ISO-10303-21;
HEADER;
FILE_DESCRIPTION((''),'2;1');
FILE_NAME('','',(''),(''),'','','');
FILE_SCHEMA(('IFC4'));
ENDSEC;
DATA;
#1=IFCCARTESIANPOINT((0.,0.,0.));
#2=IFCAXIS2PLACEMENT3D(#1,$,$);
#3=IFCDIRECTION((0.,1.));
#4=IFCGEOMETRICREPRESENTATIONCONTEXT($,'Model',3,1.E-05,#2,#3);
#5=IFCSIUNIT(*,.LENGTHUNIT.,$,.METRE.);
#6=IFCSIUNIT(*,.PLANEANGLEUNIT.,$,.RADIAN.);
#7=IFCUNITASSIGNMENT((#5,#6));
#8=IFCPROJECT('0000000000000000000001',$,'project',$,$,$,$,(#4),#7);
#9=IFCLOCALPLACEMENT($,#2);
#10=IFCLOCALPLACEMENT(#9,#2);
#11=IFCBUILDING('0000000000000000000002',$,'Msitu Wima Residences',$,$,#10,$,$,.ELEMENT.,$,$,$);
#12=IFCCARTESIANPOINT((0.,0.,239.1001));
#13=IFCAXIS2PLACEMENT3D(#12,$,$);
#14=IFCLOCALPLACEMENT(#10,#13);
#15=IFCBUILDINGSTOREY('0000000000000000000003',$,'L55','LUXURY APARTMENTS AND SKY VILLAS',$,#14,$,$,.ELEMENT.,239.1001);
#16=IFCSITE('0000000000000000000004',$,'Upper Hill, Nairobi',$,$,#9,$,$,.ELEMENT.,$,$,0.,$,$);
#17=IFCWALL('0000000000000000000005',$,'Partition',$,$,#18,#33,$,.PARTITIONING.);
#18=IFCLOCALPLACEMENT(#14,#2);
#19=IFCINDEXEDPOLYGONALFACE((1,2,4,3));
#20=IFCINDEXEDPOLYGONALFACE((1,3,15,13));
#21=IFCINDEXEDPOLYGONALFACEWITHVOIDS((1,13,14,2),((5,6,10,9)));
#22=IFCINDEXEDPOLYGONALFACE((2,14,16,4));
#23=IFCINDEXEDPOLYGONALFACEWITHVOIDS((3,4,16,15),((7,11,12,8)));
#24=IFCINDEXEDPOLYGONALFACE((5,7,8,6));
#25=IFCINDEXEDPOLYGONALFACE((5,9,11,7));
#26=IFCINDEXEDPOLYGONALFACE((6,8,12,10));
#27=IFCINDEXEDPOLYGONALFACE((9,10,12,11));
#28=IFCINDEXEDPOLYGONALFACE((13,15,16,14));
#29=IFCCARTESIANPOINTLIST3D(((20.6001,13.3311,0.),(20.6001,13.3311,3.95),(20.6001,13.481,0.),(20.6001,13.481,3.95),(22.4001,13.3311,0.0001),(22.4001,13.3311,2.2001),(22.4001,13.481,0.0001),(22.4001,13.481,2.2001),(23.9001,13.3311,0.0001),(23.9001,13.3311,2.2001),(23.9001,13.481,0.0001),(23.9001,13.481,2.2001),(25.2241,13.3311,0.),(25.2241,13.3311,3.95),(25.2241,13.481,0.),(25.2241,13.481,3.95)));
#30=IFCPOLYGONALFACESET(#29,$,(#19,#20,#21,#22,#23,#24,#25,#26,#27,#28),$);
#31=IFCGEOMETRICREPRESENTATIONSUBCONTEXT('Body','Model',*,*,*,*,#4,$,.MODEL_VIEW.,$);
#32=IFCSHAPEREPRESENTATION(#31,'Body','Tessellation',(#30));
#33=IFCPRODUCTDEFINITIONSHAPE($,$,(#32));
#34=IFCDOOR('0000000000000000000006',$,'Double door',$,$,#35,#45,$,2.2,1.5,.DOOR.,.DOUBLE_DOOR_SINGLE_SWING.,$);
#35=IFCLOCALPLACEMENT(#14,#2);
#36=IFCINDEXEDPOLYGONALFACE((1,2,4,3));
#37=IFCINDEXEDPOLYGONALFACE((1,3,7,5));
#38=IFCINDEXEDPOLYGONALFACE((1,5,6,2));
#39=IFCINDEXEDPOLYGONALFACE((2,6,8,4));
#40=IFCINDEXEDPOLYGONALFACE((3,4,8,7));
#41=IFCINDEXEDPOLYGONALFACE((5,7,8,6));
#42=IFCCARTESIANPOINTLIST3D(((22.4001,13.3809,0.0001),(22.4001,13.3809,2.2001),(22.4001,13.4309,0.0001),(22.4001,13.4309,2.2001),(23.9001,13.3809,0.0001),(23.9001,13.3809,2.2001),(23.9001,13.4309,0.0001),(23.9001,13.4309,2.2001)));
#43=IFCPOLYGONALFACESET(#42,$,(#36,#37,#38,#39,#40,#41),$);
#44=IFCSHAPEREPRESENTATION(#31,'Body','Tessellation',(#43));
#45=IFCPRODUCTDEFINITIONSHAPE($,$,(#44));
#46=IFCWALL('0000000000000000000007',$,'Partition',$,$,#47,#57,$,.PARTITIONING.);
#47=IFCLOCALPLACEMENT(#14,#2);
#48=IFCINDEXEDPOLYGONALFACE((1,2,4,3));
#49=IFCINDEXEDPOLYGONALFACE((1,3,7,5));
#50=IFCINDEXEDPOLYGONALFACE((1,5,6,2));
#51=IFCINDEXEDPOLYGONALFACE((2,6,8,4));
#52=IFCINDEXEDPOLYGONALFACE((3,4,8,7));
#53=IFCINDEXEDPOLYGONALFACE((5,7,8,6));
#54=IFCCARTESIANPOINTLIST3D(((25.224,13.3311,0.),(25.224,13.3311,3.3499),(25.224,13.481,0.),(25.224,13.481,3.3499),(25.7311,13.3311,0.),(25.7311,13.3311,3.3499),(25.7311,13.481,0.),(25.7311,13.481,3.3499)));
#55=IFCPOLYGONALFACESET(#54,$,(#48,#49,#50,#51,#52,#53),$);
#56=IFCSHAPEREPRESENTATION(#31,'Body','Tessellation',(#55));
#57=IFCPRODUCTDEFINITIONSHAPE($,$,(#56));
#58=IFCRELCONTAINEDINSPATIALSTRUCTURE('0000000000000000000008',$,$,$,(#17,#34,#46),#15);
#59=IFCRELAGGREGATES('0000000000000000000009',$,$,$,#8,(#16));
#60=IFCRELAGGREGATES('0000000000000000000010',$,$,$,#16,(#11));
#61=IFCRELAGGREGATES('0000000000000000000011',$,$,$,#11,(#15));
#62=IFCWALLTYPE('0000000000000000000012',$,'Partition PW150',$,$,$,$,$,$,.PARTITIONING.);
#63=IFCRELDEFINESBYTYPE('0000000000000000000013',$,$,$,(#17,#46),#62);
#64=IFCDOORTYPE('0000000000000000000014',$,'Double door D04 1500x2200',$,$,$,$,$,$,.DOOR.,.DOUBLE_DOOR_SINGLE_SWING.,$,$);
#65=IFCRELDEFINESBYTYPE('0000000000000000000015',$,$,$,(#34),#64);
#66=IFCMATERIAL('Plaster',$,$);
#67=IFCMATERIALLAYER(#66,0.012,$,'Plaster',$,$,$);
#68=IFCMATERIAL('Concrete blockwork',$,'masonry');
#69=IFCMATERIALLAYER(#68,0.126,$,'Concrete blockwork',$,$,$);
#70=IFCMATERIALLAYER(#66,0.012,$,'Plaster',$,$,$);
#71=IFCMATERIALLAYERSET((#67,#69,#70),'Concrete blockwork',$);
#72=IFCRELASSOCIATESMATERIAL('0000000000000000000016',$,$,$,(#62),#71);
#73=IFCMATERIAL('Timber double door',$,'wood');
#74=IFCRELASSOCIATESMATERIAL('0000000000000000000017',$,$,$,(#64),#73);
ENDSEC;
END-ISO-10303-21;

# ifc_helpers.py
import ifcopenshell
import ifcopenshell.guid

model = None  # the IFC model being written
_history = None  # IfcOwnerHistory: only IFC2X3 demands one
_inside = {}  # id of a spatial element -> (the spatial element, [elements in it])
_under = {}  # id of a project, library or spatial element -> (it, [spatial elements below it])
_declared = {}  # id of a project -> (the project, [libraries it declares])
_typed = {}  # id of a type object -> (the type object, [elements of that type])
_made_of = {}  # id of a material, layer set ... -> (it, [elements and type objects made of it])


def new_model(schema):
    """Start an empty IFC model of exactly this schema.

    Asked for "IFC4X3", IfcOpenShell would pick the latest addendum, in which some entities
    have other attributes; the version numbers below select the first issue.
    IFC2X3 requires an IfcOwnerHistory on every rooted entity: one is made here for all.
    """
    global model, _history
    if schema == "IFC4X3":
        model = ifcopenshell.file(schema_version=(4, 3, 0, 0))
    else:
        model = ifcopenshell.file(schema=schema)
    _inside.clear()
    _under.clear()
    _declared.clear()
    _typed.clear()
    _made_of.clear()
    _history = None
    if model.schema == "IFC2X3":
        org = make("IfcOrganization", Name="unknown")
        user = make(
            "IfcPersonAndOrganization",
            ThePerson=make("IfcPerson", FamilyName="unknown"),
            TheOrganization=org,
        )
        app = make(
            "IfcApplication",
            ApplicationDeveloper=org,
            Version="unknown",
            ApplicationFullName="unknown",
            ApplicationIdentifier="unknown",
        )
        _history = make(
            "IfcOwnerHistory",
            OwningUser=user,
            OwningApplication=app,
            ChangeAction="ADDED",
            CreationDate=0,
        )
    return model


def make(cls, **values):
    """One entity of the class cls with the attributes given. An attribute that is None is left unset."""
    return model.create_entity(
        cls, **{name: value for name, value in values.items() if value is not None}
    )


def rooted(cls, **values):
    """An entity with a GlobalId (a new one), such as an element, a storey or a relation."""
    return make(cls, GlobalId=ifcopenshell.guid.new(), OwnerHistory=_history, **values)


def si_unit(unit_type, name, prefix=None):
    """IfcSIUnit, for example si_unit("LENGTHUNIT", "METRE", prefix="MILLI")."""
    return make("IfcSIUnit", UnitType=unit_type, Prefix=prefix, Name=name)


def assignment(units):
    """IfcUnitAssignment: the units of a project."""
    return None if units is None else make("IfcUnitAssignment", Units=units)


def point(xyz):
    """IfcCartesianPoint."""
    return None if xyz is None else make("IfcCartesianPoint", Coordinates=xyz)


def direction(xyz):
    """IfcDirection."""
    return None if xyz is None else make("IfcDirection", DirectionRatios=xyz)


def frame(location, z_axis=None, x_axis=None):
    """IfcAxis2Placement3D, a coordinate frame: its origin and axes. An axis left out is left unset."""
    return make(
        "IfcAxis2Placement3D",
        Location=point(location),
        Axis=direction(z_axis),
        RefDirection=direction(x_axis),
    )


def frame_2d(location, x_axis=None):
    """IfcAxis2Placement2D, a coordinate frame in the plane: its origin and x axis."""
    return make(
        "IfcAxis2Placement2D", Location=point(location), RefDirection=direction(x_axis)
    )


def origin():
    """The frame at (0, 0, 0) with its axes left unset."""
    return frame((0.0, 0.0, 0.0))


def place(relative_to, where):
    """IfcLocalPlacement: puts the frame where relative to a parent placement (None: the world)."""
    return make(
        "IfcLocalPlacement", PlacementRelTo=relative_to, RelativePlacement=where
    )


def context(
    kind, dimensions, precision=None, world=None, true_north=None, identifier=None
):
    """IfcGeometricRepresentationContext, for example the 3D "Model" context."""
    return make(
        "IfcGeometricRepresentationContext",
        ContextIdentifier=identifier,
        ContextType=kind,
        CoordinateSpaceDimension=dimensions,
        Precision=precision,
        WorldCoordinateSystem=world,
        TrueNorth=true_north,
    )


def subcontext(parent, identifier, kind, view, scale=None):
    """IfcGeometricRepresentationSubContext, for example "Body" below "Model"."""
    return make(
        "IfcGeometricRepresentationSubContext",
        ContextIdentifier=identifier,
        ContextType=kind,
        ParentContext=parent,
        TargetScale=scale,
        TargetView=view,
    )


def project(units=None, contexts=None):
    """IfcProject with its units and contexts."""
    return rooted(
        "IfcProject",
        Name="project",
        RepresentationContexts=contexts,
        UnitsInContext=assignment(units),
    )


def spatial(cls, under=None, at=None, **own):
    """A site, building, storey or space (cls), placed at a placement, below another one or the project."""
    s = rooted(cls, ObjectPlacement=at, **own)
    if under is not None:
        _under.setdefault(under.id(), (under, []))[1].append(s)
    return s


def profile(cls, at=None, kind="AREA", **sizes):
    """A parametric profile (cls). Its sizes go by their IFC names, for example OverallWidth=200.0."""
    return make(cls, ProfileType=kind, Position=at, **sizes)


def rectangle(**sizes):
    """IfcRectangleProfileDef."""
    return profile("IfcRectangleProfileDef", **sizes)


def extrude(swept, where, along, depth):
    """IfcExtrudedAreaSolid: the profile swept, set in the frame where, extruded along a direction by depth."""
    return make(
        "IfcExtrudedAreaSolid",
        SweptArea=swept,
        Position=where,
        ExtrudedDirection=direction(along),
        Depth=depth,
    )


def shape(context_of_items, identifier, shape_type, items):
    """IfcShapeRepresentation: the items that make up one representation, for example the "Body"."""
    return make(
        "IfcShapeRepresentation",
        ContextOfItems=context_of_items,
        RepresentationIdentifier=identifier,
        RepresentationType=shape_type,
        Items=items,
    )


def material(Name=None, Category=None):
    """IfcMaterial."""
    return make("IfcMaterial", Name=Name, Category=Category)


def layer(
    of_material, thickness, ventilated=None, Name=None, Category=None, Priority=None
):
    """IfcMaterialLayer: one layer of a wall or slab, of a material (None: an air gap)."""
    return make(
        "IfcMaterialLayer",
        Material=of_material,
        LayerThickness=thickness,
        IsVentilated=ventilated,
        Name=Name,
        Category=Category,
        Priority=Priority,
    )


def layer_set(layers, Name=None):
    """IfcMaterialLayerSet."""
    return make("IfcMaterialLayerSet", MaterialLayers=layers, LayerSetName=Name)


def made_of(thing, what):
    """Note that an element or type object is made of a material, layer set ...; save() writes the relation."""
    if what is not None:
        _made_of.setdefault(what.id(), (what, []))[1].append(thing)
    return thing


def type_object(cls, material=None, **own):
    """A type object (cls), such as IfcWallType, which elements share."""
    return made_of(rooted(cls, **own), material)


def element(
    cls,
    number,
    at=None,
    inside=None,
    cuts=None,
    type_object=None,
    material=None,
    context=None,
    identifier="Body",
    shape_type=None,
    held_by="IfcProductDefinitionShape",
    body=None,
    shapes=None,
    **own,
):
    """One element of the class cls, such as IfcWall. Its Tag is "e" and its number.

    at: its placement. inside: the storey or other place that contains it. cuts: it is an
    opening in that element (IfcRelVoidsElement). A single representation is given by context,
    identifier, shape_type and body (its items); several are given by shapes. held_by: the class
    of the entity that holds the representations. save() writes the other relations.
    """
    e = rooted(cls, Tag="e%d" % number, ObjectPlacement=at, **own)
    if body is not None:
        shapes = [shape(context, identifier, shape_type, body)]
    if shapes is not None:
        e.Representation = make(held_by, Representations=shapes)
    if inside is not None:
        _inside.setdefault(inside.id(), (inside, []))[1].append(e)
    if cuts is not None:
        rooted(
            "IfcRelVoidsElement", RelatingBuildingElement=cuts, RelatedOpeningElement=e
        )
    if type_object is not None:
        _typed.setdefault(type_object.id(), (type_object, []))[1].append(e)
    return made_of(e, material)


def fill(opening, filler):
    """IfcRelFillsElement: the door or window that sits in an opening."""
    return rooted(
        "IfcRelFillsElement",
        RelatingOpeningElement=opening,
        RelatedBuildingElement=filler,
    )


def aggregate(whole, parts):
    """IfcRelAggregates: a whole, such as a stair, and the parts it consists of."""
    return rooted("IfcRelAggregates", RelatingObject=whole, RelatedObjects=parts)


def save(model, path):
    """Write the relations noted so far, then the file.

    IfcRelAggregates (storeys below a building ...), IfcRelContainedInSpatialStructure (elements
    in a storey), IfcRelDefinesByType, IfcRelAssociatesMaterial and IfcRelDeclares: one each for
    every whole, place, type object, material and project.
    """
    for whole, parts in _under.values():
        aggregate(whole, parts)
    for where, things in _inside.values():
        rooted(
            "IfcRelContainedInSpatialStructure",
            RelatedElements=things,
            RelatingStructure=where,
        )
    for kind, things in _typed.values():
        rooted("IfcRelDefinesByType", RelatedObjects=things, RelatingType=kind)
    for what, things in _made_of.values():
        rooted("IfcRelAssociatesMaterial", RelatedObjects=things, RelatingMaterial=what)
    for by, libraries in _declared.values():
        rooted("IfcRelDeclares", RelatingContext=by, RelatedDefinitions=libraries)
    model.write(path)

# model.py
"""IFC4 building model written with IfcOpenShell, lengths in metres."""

from ifc_helpers import new_model, si_unit, direction, frame, frame_2d, origin, place, context, subcontext, project, spatial, rectangle, extrude, material, layer, layer_set, type_object, element, fill, save


model = new_model("IFC4")

# Units and contexts
model_context = context("Model", 3, precision=1e-05, world=origin(), true_north=direction((0.0, 1.0)))
body_context = subcontext(model_context, "Body", "Model", "MODEL_VIEW")
ifc_project = project(units=[si_unit("LENGTHUNIT", "METRE"), si_unit("PLANEANGLEUNIT", "RADIAN")], contexts=[model_context])

# Site, building, storey
site_placement = place(None, origin())
site = spatial("IfcSite", under=ifc_project, at=site_placement, Name="Upper Hill, Nairobi", CompositionType="ELEMENT", RefElevation=0.0)
building_placement = place(site_placement, origin())
building = spatial("IfcBuilding", under=site, at=building_placement, Name="Msitu Wima Residences", CompositionType="ELEMENT")
storey_placement = place(building_placement, frame((0.0, 0.0, 239.1001)))
storey = spatial("IfcBuildingStorey", under=building, at=storey_placement, Name="L55", Description="LUXURY APARTMENTS AND SKY VILLAS", CompositionType="ELEMENT", Elevation=239.1001)

# Shared definitions
ifc_material_1 = material(Name="Plaster")
ifc_material_2 = material(Name="Concrete blockwork", Category="masonry")

# Shared definitions
ifc_layer_1 = layer(ifc_material_1, 0.012, Name="Plaster")
ifc_layer_2 = layer(ifc_material_2, 0.126, Name="Concrete blockwork")
ifc_layer_3 = layer(ifc_material_1, 0.012, Name="Plaster")
ifc_layer_set_1 = layer_set([ifc_layer_1, ifc_layer_2, ifc_layer_3], Name="Concrete blockwork")
wall_type_1 = type_object("IfcWallType", Name="Partition PW150", PredefinedType="PARTITIONING", material=ifc_layer_set_1)

# Wall, opening, door
wall_1_placement = place(storey_placement, frame((20.6001, 13.406, 0.0), z_axis=(0.0, 0.0, 1.0), x_axis=(1.0, 0.0, 0.0)))
wall_1 = element("IfcWall", 1, at=wall_1_placement, inside=storey, type_object=wall_type_1, Name="Partition", PredefinedType="PARTITIONING", context=body_context, shape_type="SweptSolid", body=[
    extrude(rectangle(XDim=4.624, YDim=0.1499, at=frame_2d((2.312, 0.0))), origin(), (0.0, 0.0, 1.0), 3.95),
])
opening_1_placement = place(wall_1_placement, frame((1.8, 0.0, 0.0)))
opening_1 = element("IfcOpeningElement", 2, at=opening_1_placement, cuts=wall_1, PredefinedType="OPENING", context=body_context, shape_type="SweptSolid", body=[
    extrude(rectangle(XDim=1.5, YDim=2.2, at=frame_2d((0.75, 1.1001))), frame((0.0, 0.085, 0.0), z_axis=(0.0, -1.0, 0.0), x_axis=(1.0, 0.0, 0.0)), (0.0, 0.0, 1.0), 0.1699),
])
ifc_material_3 = material(Name="Timber double door", Category="wood")
door_type_1 = type_object("IfcDoorType", Name="Double door D04 1500x2200", OperationType="DOUBLE_DOOR_SINGLE_SWING", PredefinedType="DOOR", material=ifc_material_3)
door_1_placement = place(opening_1_placement, origin())
door_1 = element("IfcDoor", 3, at=door_1_placement, inside=storey, type_object=door_type_1, Name="Double door", OperationType="DOUBLE_DOOR_SINGLE_SWING", OverallHeight=2.2, OverallWidth=1.5, PredefinedType="DOOR", context=body_context, shape_type="SweptSolid", body=[
    extrude(rectangle(XDim=1.5, YDim=2.2, at=frame_2d((0.75, 1.1001))), frame((0.0, 0.0249, 0.0), z_axis=(0.0, -1.0, 0.0), x_axis=(1.0, 0.0, 0.0)), (0.0, 0.0, 1.0), 0.05),
])
fill(opening_1, door_1)

# Wall
wall_2_placement = place(storey_placement, frame((25.2241, 13.406, 0.0), z_axis=(0.0, 0.0, 1.0), x_axis=(1.0, 0.0, 0.0)))
element("IfcWall", 4, at=wall_2_placement, inside=storey, type_object=wall_type_1, Name="Partition", PredefinedType="PARTITIONING", context=body_context, shape_type="SweptSolid", body=[
    extrude(rectangle(XDim=0.5071, YDim=0.1499, at=frame_2d((0.2534, 0.0))), origin(), (0.0, 0.0, 1.0), 3.3499),
])

save(model, "model.ifc")
